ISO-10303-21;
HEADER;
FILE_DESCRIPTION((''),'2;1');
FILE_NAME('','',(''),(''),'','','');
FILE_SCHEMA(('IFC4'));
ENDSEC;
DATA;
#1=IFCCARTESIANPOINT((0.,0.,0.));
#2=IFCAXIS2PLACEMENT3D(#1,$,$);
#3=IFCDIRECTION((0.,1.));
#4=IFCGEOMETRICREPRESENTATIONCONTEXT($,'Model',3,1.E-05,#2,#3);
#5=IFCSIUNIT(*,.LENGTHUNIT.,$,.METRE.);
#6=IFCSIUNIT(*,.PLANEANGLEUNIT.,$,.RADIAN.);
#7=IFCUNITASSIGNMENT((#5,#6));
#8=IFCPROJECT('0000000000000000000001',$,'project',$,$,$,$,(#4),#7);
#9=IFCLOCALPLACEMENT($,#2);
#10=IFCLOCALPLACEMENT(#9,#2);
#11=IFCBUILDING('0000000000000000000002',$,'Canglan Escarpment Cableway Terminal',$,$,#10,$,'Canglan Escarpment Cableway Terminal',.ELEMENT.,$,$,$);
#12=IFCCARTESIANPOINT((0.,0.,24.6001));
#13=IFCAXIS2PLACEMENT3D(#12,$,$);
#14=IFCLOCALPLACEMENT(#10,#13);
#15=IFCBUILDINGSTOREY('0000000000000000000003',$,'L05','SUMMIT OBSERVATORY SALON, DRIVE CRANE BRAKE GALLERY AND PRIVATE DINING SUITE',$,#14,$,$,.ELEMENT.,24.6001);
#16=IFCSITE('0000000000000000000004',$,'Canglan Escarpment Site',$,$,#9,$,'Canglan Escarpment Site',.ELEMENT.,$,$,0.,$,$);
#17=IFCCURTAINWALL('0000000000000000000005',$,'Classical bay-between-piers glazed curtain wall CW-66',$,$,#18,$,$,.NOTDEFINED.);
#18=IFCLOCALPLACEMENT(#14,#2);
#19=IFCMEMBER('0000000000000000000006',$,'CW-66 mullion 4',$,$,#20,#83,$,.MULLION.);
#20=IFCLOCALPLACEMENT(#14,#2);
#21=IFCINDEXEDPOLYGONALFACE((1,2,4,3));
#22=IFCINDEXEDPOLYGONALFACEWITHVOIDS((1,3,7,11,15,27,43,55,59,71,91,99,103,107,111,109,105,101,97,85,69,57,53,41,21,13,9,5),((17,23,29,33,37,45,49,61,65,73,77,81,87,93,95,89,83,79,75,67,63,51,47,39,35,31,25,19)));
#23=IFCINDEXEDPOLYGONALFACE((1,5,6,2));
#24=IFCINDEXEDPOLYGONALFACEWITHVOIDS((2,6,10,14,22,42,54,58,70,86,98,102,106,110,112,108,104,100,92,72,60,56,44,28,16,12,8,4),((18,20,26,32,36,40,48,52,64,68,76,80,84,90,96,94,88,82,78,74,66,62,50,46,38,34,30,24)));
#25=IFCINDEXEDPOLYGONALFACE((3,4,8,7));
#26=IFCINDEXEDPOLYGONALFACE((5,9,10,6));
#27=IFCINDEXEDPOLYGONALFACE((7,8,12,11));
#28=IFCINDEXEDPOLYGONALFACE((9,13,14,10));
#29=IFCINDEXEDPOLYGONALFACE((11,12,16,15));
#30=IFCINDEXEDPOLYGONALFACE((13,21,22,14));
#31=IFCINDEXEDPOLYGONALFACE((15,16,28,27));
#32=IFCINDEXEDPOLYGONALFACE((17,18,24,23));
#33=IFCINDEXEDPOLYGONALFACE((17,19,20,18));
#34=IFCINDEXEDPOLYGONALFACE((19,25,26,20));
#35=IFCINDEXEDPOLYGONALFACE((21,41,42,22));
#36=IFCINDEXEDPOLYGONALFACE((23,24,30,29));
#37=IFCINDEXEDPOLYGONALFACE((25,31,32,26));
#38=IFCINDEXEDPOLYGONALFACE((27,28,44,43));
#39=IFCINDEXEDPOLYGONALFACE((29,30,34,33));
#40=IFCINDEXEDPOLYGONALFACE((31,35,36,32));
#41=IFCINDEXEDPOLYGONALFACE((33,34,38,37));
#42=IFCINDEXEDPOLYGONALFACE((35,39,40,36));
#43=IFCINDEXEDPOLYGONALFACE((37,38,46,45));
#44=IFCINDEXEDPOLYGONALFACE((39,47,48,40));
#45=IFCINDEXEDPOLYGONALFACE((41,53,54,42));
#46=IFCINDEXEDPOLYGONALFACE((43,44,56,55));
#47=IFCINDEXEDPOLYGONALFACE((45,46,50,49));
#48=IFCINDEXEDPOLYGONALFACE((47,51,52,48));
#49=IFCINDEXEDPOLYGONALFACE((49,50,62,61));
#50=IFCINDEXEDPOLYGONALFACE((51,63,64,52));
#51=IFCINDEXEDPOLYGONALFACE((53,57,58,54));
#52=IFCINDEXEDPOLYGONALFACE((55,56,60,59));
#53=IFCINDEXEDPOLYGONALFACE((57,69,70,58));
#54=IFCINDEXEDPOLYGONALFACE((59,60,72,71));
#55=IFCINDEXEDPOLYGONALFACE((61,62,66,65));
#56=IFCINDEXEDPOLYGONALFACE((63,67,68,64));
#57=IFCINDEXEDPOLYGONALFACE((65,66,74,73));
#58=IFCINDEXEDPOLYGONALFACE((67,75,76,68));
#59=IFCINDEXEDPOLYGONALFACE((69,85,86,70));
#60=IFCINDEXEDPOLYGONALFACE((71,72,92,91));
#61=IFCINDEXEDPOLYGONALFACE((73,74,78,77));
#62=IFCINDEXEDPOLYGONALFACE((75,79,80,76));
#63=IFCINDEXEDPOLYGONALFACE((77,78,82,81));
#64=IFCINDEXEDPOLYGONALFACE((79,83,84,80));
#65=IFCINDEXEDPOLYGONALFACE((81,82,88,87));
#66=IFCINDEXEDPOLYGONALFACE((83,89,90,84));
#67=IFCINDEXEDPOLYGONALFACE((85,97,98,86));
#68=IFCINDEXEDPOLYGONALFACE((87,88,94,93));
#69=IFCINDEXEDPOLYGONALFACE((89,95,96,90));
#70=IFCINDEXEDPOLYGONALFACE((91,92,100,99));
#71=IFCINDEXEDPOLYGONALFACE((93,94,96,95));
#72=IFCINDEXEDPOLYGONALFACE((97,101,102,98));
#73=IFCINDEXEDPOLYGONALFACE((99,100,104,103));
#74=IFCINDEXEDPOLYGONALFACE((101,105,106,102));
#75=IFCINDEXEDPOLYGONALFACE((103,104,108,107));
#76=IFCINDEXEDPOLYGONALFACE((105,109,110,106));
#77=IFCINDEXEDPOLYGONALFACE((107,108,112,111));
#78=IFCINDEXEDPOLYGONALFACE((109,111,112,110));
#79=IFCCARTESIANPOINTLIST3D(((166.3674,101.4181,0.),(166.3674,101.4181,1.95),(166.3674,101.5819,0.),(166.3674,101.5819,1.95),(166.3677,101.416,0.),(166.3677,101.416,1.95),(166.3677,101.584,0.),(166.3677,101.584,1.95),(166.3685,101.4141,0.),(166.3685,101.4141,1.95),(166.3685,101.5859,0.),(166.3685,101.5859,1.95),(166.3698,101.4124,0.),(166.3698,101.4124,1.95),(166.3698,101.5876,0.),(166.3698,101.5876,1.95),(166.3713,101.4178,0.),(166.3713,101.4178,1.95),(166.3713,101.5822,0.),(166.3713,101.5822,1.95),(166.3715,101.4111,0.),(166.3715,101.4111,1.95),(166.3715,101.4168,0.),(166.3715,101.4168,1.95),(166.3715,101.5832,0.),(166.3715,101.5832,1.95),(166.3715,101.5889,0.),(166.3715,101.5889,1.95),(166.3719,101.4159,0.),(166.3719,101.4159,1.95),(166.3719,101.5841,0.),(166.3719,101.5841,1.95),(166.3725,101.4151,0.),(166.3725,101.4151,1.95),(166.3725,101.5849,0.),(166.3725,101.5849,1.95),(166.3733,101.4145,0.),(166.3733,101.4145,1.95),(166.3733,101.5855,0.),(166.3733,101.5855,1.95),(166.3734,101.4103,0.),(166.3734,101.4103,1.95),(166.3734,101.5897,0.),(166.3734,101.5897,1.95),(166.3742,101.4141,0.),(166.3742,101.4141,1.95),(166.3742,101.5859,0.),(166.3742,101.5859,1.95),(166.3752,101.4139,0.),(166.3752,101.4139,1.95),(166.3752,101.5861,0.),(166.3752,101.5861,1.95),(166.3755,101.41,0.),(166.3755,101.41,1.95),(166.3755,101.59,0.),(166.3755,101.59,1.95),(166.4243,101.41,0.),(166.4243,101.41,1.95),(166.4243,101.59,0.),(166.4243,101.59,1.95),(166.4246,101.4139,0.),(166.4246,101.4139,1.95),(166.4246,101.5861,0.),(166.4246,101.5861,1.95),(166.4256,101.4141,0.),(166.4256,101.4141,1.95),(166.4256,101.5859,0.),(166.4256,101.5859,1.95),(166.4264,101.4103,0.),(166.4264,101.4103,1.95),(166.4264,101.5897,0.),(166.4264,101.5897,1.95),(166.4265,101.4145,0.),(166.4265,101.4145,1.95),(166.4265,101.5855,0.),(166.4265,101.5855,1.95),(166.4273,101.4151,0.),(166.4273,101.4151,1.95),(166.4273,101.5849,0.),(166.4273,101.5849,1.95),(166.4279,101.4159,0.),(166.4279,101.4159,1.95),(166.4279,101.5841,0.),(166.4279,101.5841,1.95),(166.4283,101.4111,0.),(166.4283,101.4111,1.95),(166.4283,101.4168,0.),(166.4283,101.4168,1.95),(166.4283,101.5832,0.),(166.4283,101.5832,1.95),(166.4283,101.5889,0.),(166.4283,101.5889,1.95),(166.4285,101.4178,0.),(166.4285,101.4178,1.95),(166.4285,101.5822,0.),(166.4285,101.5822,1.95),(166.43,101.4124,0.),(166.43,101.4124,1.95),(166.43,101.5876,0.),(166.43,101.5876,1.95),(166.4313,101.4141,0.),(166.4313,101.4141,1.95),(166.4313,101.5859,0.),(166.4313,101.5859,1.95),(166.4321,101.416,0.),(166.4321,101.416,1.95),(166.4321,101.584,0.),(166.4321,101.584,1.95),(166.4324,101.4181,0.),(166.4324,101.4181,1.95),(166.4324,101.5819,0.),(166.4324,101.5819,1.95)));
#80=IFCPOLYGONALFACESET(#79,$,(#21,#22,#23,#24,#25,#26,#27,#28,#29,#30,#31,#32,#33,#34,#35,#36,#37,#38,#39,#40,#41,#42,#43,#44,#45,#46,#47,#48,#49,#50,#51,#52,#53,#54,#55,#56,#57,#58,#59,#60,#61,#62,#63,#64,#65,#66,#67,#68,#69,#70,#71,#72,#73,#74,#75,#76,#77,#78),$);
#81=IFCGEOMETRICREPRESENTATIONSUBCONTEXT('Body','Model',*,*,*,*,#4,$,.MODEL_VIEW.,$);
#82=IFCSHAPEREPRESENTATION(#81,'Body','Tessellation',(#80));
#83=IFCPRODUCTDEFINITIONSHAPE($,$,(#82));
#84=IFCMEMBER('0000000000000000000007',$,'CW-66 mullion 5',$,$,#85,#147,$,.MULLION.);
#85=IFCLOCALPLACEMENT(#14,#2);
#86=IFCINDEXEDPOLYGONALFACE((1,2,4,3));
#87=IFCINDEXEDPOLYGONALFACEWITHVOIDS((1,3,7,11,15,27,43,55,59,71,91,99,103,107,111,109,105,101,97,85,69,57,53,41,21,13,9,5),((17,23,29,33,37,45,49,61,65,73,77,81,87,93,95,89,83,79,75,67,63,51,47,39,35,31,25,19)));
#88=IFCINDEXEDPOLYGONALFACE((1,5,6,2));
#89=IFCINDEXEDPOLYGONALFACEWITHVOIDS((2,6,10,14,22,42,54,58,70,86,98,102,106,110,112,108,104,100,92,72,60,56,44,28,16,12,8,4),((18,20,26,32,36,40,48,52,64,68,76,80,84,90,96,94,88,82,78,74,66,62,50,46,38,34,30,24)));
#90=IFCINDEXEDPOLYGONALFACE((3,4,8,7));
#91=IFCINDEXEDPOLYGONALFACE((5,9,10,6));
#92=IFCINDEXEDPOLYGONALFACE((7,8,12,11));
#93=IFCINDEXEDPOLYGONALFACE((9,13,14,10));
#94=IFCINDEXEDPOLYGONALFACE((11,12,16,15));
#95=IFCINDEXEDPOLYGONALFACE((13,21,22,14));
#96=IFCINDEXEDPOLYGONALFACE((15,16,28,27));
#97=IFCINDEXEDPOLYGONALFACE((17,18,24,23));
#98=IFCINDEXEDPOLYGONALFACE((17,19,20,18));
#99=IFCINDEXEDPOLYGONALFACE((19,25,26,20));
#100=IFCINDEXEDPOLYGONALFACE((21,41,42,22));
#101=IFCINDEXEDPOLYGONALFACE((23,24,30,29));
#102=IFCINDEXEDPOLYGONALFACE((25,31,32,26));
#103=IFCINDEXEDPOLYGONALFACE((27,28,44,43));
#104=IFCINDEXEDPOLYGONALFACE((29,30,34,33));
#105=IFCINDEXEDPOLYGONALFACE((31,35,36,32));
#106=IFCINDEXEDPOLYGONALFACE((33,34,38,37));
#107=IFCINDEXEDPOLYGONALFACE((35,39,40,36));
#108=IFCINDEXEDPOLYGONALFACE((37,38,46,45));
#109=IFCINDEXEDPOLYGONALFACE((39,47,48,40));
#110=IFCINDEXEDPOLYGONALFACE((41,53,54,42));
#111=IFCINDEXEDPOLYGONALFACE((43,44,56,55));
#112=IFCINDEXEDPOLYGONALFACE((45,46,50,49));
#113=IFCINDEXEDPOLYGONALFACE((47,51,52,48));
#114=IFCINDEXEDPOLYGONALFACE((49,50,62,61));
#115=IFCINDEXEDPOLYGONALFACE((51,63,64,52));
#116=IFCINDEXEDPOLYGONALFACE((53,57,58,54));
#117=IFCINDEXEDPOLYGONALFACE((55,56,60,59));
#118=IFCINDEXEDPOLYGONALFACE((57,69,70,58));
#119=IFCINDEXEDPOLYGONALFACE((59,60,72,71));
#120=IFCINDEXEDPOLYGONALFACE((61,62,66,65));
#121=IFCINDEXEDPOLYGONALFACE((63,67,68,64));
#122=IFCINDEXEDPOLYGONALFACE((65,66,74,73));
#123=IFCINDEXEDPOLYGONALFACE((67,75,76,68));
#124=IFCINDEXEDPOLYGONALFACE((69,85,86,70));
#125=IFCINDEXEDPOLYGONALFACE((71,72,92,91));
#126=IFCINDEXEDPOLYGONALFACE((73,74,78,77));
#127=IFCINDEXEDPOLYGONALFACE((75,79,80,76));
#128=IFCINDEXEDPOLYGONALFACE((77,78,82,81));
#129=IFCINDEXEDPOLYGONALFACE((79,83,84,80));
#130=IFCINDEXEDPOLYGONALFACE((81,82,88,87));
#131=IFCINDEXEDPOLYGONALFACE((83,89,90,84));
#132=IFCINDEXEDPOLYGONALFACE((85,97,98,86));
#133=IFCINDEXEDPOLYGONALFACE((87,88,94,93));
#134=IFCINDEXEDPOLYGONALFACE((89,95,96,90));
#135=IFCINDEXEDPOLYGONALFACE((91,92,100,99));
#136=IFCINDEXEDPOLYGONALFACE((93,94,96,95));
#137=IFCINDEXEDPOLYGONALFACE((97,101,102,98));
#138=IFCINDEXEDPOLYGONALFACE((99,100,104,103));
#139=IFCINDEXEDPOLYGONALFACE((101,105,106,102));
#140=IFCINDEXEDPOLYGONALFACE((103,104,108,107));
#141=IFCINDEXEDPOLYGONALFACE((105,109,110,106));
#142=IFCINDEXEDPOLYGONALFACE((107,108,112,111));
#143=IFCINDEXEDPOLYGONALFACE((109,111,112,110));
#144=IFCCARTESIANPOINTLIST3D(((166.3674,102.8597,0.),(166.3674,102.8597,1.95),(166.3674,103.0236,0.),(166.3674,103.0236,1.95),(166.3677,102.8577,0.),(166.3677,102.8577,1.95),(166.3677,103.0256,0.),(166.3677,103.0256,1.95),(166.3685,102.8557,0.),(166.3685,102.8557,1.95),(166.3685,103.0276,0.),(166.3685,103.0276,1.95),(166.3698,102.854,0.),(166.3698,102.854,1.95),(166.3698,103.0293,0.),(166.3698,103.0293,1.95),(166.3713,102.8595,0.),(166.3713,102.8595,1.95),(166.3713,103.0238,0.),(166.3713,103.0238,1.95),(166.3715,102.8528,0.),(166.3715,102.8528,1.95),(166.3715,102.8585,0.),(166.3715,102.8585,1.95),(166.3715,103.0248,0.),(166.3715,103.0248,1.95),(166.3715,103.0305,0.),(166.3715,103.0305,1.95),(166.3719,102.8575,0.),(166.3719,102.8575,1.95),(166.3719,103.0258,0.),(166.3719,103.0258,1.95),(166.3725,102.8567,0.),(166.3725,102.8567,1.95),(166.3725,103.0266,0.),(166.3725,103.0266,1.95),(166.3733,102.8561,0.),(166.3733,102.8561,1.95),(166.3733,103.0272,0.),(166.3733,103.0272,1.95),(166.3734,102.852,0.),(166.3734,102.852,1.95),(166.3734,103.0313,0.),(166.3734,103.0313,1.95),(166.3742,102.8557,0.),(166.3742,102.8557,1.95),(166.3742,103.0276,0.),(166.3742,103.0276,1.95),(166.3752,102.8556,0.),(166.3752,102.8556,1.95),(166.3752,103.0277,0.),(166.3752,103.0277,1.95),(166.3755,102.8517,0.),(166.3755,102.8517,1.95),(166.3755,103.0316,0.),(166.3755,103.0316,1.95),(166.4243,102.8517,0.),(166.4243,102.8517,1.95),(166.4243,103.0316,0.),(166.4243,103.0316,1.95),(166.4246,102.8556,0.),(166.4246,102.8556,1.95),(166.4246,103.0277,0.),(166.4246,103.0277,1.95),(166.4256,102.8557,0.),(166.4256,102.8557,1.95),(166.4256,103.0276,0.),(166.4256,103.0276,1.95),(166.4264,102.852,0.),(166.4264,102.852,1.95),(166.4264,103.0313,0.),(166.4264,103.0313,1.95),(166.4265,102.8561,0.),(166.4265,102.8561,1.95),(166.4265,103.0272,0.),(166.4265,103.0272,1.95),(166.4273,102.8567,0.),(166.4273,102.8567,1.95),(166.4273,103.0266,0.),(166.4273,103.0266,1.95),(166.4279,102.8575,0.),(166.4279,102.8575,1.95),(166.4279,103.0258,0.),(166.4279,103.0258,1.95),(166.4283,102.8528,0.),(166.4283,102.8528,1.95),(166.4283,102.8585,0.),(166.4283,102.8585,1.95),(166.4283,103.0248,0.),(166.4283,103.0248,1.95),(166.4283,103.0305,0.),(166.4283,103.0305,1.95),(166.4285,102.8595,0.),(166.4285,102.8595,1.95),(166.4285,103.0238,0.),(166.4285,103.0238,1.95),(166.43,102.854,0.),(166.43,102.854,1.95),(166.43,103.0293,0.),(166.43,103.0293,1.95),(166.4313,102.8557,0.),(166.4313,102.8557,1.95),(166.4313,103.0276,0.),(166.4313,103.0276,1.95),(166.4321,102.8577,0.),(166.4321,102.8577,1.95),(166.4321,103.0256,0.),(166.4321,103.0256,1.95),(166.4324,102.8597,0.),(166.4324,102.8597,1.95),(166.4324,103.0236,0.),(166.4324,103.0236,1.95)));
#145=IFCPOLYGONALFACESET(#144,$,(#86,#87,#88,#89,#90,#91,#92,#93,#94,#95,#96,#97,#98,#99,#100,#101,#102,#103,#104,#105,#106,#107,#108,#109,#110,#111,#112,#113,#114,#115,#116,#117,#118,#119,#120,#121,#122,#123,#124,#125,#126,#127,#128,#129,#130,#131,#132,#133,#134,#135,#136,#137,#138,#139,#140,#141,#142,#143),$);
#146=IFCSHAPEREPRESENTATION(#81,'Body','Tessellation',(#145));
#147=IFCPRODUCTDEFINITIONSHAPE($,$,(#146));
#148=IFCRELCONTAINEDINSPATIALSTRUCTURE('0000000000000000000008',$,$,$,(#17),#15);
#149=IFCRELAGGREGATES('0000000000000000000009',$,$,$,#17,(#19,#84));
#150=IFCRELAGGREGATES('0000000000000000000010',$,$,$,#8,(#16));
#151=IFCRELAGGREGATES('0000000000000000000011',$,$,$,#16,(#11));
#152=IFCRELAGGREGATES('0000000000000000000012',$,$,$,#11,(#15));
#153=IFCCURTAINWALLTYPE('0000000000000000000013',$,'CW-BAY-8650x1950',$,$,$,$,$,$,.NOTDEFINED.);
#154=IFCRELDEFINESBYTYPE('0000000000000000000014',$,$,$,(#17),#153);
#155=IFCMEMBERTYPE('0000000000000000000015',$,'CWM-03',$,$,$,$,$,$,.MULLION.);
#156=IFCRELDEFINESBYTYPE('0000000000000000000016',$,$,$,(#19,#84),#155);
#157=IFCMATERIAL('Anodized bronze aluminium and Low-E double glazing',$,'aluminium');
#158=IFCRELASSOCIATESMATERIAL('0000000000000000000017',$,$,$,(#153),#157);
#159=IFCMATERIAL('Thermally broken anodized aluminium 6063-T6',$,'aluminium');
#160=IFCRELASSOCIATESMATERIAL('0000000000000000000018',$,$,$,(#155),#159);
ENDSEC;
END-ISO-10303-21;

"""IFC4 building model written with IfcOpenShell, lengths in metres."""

from ifc_helpers import new_model, si_unit, direction, frame, origin, origin_2d, place, context, subcontext, project, spatial, hollow_rectangle, extrude, material, material_profile, profile_set, type_object, element, aggregate, save


model = new_model("IFC4")

# Units and contexts
model_context = context("Model", 3, precision=1e-05, world=origin(), true_north=direction((0.0, 1.0)))
body_context = subcontext(model_context, "Body", "Model", "MODEL_VIEW")
ifc_project = project(units=[si_unit("LENGTHUNIT", "METRE"), si_unit("PLANEANGLEUNIT", "RADIAN")], contexts=[model_context])

# Site, building, storey
site_placement = place(None, origin())
site = spatial("IfcSite", under=ifc_project, at=site_placement, Name="Canglan Escarpment Site", LongName="Canglan Escarpment Site", CompositionType="ELEMENT", RefElevation=0.0)
building_placement = place(site_placement, origin())
building = spatial("IfcBuilding", under=site, at=building_placement, Name="Canglan Escarpment Cableway Terminal", LongName="Canglan Escarpment Cableway Terminal", CompositionType="ELEMENT")
storey_placement = place(building_placement, frame((0.0, 0.0, 24.6001)))
storey = spatial("IfcBuildingStorey", under=building, at=storey_placement, Name="L05", Description="SUMMIT OBSERVATORY SALON, DRIVE CRANE BRAKE GALLERY AND PRIVATE DINING SUITE", CompositionType="ELEMENT", Elevation=24.6001)

# Shared definitions
ifc_material_1 = material(Name="Anodized bronze aluminium and Low-E double glazing", Category="aluminium")
curtain_wall_type = type_object("IfcCurtainWallType", Name="CW-BAY-8650x1950", PredefinedType="NOTDEFINED", material=ifc_material_1)
ifc_material_2 = material(Name="Thermally broken anodized aluminium 6063-T6", Category="aluminium")

# Curtain wall, members
curtain_wall_1_placement = place(storey_placement, origin())
curtain_wall_1 = element("IfcCurtainWall", 1, at=curtain_wall_1_placement, inside=storey, type_object=curtain_wall_type, Name="Classical bay-between-piers glazed curtain wall CW-66", PredefinedType="NOTDEFINED")
ifc_material_profile_1 = material_profile(ifc_material_2, hollow_rectangle(XDim=0.0649, YDim=0.1799, WallThickness=0.0039, InnerFilletRadius=0.0039, OuterFilletRadius=0.0081, at=origin_2d()), Name="ALU-MULL 65x180x4")
ifc_profile_set_1 = profile_set([ifc_material_profile_1], Name="Thermally broken anodized aluminium 6063-T6")
member_type_1 = type_object("IfcMemberType", Name="CWM-03", PredefinedType="MULLION", material=ifc_profile_set_1)
member_1_placement = place(storey_placement, frame((166.3999, 101.5, 0.0), z_axis=(0.0, 0.0, 1.0), x_axis=(-1.0, 0.0, 0.0)))
member_1 = element("IfcMember", 2, at=member_1_placement, type_object=member_type_1, Name="CW-66 mullion 4", PredefinedType="MULLION", context=body_context, shape_type="SweptSolid", body=[
    extrude(hollow_rectangle(XDim=0.0649, YDim=0.1799, WallThickness=0.0039, InnerFilletRadius=0.0039, OuterFilletRadius=0.0081, at=origin_2d()), origin(), (0.0, 0.0, 1.0), 1.95),
])
member_2_placement = place(storey_placement, frame((166.3999, 102.9417, 0.0), z_axis=(0.0, 0.0, 1.0), x_axis=(-1.0, 0.0, 0.0)))
member_2 = element("IfcMember", 3, at=member_2_placement, type_object=member_type_1, Name="CW-66 mullion 5", PredefinedType="MULLION", context=body_context, shape_type="SweptSolid", body=[
    extrude(hollow_rectangle(XDim=0.0649, YDim=0.1799, WallThickness=0.0039, InnerFilletRadius=0.0039, OuterFilletRadius=0.0081, at=origin_2d()), origin(), (0.0, 0.0, 1.0), 1.95),
])

aggregate(curtain_wall_1, [member_1, member_2])

save(model, "model.ifc")
